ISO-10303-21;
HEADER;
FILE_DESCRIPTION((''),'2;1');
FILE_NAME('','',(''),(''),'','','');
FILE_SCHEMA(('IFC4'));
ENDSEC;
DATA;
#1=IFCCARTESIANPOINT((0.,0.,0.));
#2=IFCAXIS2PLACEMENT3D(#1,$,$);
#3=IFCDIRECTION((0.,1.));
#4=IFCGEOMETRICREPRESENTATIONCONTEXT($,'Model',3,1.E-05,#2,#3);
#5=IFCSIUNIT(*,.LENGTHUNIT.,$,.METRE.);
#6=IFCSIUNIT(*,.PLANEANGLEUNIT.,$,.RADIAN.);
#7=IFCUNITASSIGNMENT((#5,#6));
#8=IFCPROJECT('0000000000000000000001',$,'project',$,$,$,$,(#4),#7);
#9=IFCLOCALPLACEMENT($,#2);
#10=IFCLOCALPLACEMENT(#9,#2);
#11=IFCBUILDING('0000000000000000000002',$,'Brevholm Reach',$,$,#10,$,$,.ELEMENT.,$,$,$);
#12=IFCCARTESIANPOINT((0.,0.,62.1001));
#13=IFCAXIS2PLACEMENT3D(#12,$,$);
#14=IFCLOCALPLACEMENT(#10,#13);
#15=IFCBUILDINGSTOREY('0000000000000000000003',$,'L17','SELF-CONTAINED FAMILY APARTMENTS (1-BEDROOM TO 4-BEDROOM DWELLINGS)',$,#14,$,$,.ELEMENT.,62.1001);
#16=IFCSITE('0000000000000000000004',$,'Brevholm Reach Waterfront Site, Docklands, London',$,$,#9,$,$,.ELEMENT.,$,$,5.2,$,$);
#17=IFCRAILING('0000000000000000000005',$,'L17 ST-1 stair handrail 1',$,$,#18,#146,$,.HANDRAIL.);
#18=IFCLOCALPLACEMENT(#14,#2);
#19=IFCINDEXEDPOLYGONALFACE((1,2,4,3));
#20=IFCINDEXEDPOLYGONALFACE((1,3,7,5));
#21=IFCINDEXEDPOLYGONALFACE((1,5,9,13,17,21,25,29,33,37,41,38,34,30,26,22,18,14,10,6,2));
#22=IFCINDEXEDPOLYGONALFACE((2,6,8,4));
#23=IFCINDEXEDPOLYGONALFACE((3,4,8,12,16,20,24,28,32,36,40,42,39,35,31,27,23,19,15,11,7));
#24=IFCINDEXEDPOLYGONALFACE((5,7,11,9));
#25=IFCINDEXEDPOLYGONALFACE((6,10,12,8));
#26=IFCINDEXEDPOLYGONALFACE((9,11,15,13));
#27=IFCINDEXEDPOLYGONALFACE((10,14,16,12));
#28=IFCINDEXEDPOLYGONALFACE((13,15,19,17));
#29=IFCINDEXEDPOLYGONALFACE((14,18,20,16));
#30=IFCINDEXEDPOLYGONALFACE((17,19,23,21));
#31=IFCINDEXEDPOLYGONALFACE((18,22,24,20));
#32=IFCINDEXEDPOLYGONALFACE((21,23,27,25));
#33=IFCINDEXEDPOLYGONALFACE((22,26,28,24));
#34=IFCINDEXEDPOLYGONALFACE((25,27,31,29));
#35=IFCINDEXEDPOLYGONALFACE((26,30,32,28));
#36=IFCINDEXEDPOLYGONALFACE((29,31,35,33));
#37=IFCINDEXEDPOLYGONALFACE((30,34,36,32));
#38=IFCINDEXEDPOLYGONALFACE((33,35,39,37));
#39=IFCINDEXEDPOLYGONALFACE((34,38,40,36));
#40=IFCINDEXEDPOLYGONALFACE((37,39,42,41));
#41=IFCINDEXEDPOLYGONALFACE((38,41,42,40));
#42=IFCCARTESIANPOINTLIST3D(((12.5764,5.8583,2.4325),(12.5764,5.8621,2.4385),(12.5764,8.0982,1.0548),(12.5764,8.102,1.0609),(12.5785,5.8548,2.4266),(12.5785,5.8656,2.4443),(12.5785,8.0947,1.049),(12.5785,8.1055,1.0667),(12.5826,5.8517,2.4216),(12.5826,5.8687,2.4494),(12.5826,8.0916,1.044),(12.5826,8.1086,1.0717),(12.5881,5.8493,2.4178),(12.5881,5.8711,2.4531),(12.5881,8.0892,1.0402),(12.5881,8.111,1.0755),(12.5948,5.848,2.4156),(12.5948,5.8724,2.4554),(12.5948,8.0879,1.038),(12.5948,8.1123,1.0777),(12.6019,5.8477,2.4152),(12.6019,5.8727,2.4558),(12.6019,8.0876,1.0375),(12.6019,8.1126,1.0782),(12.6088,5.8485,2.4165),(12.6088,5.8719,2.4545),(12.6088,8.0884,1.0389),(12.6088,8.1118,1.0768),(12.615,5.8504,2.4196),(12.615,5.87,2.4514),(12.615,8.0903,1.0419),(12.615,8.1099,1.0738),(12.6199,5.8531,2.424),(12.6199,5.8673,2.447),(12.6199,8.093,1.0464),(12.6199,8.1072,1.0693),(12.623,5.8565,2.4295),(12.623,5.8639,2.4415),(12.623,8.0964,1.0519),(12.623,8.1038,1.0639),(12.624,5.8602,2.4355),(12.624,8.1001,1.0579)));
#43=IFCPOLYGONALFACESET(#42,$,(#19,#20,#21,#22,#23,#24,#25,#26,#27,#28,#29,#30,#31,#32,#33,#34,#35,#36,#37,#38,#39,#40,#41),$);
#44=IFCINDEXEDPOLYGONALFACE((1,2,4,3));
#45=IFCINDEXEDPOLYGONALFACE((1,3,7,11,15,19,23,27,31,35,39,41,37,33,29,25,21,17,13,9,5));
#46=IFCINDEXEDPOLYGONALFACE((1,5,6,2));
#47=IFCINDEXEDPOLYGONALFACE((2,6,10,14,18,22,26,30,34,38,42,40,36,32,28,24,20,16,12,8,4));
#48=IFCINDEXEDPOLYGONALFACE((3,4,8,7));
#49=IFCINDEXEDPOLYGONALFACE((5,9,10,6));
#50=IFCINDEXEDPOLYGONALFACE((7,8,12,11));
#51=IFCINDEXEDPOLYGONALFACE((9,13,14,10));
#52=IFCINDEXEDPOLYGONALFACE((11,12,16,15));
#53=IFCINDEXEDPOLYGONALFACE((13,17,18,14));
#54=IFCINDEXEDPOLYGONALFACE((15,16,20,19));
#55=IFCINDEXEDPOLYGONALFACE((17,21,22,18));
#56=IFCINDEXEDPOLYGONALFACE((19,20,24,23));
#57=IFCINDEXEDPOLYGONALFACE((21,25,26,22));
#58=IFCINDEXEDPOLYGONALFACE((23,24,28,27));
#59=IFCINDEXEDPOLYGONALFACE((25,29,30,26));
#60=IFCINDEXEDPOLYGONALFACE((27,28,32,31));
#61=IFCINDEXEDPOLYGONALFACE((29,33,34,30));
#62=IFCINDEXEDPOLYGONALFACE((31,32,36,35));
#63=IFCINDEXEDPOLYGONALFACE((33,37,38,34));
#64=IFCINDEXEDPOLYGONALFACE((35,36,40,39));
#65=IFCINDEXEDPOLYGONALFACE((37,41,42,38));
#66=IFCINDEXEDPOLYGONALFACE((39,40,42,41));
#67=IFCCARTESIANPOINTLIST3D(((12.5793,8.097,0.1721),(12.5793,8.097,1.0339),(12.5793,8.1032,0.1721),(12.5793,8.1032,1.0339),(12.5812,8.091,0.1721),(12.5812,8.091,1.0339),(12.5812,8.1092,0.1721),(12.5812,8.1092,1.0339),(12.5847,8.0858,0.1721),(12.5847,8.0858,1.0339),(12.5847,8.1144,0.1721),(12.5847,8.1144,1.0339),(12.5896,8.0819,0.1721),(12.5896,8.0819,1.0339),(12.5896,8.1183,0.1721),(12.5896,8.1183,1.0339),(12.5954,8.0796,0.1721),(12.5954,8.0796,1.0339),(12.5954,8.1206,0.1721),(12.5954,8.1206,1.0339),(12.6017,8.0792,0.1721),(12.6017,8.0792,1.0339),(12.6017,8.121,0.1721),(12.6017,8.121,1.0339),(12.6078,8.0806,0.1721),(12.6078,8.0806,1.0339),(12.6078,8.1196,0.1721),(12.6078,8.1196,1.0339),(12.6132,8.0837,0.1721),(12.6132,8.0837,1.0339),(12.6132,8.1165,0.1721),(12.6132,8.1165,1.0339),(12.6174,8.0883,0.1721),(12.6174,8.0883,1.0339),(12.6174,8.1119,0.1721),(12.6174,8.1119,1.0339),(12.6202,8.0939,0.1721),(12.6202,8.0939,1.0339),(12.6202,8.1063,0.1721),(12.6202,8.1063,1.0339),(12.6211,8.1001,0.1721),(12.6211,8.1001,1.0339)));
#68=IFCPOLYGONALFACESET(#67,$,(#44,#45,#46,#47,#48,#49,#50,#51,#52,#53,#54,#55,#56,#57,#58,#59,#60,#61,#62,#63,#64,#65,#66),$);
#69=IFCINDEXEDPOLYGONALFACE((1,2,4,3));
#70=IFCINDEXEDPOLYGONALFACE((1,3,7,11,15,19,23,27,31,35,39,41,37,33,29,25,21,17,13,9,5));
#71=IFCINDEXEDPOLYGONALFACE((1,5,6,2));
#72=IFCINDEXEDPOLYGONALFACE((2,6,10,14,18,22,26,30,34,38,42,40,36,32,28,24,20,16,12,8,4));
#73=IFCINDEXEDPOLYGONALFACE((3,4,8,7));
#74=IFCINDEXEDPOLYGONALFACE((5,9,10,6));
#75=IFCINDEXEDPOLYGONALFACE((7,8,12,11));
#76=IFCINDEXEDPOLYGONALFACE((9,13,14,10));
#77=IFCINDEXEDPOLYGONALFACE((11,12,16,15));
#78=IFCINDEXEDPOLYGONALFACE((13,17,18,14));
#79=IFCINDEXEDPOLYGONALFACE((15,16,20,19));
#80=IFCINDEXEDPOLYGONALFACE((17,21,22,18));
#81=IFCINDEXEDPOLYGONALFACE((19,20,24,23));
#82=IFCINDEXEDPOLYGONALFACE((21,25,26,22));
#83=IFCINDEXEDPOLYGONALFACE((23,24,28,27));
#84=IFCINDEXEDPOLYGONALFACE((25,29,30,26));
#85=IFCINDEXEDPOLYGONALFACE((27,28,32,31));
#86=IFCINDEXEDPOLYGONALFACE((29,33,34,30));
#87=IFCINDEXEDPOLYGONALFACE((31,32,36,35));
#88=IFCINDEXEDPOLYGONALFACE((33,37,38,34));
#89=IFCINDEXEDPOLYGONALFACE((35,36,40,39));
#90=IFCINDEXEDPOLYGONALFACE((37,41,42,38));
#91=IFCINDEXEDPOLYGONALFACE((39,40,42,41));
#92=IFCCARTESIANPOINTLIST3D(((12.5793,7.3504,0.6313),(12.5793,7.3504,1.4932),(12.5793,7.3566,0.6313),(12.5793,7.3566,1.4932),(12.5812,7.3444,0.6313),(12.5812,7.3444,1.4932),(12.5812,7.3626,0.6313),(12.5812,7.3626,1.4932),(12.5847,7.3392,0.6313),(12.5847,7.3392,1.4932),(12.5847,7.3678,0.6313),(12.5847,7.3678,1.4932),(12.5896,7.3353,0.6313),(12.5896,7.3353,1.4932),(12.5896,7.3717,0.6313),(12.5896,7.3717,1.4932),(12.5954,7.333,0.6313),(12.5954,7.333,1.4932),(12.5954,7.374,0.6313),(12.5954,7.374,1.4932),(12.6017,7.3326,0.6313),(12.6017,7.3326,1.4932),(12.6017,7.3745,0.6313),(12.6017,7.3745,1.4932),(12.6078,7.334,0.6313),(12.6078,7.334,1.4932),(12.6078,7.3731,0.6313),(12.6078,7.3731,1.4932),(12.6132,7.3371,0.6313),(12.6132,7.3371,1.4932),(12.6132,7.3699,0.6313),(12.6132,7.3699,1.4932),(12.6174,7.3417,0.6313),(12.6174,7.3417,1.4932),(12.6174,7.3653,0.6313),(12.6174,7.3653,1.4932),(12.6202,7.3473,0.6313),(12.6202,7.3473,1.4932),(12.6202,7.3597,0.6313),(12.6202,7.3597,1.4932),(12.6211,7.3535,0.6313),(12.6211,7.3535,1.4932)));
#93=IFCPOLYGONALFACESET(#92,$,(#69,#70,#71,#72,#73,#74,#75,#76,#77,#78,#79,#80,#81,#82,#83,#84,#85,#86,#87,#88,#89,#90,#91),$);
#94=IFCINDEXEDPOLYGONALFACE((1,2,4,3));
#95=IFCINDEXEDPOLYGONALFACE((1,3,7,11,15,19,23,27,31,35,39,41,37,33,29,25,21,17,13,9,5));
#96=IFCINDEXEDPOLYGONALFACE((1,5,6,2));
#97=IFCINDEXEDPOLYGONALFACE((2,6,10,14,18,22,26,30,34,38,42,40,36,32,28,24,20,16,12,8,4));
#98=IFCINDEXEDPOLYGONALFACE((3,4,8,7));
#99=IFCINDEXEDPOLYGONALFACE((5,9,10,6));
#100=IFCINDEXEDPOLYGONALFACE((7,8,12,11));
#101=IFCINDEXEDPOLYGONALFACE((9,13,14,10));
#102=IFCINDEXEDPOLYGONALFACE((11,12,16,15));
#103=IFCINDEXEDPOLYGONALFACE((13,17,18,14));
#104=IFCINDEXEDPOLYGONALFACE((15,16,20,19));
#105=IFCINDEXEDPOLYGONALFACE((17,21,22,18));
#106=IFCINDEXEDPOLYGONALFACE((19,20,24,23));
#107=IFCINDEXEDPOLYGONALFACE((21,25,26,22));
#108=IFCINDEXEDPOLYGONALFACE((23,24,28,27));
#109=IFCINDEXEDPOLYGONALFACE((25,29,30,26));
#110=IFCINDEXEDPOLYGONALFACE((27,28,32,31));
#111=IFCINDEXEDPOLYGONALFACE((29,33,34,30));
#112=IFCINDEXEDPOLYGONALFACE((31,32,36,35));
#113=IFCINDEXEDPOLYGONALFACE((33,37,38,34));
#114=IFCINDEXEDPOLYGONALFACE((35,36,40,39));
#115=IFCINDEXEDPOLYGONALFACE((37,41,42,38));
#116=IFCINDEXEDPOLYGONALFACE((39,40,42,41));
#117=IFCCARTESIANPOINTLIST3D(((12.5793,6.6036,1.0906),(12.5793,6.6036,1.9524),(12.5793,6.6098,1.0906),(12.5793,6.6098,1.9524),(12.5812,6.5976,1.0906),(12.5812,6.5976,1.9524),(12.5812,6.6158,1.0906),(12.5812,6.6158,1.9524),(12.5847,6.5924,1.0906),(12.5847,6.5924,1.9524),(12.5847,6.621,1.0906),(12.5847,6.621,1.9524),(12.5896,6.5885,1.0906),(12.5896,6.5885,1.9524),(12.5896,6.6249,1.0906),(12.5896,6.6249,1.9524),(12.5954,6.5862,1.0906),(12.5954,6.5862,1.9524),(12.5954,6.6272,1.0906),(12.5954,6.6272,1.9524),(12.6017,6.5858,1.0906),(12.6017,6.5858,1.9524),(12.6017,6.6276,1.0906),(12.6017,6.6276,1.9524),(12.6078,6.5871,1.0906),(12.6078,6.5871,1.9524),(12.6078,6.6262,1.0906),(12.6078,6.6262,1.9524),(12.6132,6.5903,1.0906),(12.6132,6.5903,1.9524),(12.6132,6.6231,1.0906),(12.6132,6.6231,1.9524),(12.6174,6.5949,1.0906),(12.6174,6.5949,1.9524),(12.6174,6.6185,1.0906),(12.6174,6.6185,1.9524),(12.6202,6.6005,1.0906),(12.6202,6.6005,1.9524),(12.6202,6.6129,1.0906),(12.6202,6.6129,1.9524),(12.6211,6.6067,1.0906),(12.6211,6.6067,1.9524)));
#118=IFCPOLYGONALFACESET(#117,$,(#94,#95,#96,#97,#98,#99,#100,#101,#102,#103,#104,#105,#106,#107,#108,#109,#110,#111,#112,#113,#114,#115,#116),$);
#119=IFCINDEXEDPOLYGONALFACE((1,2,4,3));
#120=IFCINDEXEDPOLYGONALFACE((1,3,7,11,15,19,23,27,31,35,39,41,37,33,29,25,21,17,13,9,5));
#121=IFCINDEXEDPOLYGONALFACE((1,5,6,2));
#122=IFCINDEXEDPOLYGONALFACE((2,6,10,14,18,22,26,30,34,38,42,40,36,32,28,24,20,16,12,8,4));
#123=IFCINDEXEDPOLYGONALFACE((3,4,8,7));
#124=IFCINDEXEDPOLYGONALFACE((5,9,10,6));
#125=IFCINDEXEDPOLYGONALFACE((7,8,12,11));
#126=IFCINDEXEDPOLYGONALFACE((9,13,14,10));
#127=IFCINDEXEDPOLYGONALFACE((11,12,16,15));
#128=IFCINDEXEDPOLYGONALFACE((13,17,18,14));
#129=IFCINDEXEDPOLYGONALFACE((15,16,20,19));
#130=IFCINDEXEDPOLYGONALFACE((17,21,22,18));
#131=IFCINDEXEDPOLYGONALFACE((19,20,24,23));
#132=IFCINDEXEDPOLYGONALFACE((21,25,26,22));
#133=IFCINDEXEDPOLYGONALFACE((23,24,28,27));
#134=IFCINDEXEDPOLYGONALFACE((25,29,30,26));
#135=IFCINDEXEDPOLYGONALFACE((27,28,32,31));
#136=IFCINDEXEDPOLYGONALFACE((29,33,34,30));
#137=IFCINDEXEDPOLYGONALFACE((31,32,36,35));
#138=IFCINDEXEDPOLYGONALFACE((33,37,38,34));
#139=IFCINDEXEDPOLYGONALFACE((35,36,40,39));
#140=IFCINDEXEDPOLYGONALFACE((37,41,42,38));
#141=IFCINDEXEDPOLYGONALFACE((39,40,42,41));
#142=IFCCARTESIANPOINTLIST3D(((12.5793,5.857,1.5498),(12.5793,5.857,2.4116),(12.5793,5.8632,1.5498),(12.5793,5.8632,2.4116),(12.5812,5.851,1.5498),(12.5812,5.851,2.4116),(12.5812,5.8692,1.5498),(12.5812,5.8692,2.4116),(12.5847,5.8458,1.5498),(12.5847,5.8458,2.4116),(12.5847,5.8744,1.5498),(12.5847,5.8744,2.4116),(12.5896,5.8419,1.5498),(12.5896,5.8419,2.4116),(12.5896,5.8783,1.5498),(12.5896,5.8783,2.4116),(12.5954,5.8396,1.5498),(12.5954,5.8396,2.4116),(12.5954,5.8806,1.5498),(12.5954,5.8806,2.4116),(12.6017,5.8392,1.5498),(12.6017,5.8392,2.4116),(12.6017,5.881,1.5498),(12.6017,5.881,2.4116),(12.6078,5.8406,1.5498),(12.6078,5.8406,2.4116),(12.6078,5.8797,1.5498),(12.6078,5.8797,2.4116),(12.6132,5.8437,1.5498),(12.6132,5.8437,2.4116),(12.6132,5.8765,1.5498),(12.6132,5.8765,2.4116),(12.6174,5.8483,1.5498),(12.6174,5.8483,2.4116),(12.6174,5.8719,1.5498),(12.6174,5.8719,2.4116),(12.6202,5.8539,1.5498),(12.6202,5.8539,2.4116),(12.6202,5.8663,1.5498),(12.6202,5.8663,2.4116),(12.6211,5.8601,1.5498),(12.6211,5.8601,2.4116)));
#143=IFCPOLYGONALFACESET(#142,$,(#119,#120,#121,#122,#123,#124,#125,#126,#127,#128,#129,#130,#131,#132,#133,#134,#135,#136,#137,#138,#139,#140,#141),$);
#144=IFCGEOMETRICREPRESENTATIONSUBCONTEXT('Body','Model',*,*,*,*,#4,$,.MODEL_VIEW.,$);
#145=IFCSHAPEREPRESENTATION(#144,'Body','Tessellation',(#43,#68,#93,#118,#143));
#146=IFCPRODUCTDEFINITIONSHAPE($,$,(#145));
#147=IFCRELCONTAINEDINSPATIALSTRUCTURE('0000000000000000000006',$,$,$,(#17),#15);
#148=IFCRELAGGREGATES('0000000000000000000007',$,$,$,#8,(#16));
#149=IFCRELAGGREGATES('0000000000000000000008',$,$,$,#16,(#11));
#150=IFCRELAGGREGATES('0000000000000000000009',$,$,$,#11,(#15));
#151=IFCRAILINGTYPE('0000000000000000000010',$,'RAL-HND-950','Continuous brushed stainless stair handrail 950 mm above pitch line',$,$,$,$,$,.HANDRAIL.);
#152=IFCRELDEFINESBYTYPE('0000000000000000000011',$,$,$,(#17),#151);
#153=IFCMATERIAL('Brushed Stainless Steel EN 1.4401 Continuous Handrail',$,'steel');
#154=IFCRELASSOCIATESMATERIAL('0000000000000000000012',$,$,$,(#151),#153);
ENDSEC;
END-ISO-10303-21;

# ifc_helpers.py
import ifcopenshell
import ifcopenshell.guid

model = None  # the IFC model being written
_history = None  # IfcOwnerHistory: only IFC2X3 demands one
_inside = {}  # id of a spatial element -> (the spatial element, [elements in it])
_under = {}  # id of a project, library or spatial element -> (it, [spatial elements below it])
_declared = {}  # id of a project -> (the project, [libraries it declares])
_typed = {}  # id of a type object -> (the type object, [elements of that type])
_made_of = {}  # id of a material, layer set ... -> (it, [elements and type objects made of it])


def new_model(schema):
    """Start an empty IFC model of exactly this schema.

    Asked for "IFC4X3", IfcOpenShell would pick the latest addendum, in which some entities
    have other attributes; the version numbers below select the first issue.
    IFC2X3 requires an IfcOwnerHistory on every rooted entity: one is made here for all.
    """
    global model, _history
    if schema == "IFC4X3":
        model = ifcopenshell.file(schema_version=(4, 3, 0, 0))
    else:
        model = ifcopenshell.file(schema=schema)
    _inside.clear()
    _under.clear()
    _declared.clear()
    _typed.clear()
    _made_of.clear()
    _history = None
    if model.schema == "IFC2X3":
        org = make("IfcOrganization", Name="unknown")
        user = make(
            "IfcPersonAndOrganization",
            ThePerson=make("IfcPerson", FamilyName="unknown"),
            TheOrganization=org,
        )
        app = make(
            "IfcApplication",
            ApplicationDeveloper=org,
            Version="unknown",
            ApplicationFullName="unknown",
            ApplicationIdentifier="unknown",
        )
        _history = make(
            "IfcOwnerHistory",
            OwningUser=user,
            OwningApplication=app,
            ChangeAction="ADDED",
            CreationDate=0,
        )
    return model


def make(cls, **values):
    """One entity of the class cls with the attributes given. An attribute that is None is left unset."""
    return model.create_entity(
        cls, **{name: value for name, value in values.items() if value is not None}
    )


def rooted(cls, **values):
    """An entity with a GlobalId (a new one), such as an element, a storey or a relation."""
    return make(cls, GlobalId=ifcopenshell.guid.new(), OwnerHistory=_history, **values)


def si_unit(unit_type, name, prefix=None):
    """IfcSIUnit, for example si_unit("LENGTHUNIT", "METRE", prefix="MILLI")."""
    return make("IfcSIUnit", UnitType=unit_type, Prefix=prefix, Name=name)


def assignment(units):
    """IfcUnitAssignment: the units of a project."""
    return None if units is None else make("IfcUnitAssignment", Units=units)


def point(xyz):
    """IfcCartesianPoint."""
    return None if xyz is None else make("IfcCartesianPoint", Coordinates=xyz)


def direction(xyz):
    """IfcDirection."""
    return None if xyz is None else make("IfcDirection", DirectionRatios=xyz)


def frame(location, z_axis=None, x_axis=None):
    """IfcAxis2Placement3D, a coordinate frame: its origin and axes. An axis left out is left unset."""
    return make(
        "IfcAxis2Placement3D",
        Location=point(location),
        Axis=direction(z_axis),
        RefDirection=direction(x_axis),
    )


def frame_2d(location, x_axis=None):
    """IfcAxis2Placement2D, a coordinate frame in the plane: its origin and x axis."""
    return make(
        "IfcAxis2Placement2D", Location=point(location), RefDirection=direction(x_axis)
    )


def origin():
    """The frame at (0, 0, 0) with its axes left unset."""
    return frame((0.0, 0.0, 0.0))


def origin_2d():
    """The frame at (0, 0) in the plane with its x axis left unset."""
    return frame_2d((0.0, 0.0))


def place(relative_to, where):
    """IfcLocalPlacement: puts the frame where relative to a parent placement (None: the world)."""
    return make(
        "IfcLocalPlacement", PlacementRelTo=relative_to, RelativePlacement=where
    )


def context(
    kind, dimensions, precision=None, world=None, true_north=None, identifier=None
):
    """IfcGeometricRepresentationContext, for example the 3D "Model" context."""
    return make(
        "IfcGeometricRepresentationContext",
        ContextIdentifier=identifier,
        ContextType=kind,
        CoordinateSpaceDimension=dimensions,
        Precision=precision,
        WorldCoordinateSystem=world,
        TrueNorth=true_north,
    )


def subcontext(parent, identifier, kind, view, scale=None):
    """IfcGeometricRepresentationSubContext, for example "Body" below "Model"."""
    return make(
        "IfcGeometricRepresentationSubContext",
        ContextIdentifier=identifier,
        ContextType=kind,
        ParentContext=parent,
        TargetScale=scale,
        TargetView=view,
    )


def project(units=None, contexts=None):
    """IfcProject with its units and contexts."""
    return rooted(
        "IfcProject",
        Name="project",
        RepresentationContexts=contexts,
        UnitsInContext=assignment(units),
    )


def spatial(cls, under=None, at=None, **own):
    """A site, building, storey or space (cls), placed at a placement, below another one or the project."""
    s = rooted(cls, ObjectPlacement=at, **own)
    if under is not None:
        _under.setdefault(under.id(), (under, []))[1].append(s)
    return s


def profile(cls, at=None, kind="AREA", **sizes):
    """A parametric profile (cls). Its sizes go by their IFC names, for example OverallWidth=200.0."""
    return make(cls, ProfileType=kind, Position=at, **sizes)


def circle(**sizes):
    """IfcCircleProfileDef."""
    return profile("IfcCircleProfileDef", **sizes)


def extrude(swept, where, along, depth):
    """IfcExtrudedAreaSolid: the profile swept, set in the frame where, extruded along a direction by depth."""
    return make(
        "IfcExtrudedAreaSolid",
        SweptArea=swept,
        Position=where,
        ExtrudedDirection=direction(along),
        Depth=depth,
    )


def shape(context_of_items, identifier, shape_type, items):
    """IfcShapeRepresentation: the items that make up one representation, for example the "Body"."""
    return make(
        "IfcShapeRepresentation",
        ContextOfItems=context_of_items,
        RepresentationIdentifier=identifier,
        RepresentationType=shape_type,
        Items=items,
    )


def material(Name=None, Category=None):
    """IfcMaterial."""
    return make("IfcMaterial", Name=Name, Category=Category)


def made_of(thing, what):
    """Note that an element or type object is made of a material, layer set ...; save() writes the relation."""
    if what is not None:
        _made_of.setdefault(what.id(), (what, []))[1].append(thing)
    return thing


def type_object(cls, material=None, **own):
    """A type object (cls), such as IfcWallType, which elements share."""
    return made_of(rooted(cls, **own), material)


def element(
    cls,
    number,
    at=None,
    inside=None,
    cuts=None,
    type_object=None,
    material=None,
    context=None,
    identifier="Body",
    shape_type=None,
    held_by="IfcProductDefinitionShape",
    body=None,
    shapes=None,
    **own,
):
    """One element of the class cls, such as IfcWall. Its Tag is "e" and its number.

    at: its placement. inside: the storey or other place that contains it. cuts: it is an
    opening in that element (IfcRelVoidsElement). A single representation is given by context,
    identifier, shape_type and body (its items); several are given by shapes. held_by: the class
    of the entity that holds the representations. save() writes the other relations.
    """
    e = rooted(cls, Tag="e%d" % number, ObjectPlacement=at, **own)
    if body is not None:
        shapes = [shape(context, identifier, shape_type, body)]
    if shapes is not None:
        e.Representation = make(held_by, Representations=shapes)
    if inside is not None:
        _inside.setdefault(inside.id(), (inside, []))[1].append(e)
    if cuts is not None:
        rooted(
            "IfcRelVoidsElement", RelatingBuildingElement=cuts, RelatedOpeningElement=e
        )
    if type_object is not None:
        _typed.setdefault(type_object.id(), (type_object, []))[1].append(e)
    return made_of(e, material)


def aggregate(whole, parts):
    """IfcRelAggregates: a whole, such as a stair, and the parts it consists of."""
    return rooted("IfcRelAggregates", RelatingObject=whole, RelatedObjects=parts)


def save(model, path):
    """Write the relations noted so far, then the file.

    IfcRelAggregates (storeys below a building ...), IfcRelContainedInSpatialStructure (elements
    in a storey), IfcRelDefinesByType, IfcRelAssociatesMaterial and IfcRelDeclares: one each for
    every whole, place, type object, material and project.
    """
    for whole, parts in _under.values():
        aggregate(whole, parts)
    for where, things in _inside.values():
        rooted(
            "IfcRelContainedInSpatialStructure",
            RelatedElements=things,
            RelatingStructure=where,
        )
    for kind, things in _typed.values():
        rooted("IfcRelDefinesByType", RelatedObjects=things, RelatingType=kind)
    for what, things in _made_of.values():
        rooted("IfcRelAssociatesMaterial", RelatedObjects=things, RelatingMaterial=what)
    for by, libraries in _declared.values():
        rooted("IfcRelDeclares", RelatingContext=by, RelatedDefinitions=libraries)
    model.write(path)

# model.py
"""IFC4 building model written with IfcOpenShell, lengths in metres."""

from ifc_helpers import new_model, si_unit, direction, frame, origin, origin_2d, place, context, subcontext, project, spatial, circle, extrude, material, type_object, element, save


model = new_model("IFC4")

# Units and contexts
model_context = context("Model", 3, precision=1e-05, world=origin(), true_north=direction((0.0, 1.0)))
body_context = subcontext(model_context, "Body", "Model", "MODEL_VIEW")
ifc_project = project(units=[si_unit("LENGTHUNIT", "METRE"), si_unit("PLANEANGLEUNIT", "RADIAN")], contexts=[model_context])

# Site, building, storey
site_placement = place(None, origin())
site = spatial("IfcSite", under=ifc_project, at=site_placement, Name="Brevholm Reach Waterfront Site, Docklands, London", CompositionType="ELEMENT", RefElevation=5.2)
building_placement = place(site_placement, origin())
building = spatial("IfcBuilding", under=site, at=building_placement, Name="Brevholm Reach", CompositionType="ELEMENT")
storey_placement = place(building_placement, frame((0.0, 0.0, 62.1001)))
storey = spatial("IfcBuildingStorey", under=building, at=storey_placement, Name="L17", Description="SELF-CONTAINED FAMILY APARTMENTS (1-BEDROOM TO 4-BEDROOM DWELLINGS)", CompositionType="ELEMENT", Elevation=62.1001)

# Railing
ifc_material_1 = material(Name="Brushed Stainless Steel EN 1.4401 Continuous Handrail", Category="steel")
railing_type_1 = type_object("IfcRailingType", Name="RAL-HND-950", Description="Continuous brushed stainless stair handrail 950 mm above pitch line", PredefinedType="HANDRAIL", material=ifc_material_1)
railing_1_placement = place(storey_placement, frame((12.6001, 8.1001, 0.1721)))
element("IfcRailing", 1, at=railing_1_placement, inside=storey, type_object=railing_type_1, Name="L17 ST-1 stair handrail 1", PredefinedType="HANDRAIL", context=body_context, shape_type="SweptSolid", body=[
    extrude(circle(Radius=0.0239, at=origin_2d()), frame((0.0, 0.0, 0.8857), z_axis=(0.0, -0.851789, 0.523885), x_axis=(1.0, 0.0, 0.0)), (0.0, 0.0, 1.0), 2.6296),
    extrude(circle(Radius=0.021, at=origin_2d()), origin(), (0.0, 0.0, 1.0), 0.8618),
    extrude(circle(Radius=0.021, at=origin_2d()), frame((0.0, -0.7466, 0.4592)), (0.0, 0.0, 1.0), 0.8618),
    extrude(circle(Radius=0.021, at=origin_2d()), frame((0.0, -1.4934, 0.9185)), (0.0, 0.0, 1.0), 0.8618),
    extrude(circle(Radius=0.021, at=origin_2d()), frame((0.0, -2.24, 1.3777)), (0.0, 0.0, 1.0), 0.8618),
])

save(model, "model.ifc")
